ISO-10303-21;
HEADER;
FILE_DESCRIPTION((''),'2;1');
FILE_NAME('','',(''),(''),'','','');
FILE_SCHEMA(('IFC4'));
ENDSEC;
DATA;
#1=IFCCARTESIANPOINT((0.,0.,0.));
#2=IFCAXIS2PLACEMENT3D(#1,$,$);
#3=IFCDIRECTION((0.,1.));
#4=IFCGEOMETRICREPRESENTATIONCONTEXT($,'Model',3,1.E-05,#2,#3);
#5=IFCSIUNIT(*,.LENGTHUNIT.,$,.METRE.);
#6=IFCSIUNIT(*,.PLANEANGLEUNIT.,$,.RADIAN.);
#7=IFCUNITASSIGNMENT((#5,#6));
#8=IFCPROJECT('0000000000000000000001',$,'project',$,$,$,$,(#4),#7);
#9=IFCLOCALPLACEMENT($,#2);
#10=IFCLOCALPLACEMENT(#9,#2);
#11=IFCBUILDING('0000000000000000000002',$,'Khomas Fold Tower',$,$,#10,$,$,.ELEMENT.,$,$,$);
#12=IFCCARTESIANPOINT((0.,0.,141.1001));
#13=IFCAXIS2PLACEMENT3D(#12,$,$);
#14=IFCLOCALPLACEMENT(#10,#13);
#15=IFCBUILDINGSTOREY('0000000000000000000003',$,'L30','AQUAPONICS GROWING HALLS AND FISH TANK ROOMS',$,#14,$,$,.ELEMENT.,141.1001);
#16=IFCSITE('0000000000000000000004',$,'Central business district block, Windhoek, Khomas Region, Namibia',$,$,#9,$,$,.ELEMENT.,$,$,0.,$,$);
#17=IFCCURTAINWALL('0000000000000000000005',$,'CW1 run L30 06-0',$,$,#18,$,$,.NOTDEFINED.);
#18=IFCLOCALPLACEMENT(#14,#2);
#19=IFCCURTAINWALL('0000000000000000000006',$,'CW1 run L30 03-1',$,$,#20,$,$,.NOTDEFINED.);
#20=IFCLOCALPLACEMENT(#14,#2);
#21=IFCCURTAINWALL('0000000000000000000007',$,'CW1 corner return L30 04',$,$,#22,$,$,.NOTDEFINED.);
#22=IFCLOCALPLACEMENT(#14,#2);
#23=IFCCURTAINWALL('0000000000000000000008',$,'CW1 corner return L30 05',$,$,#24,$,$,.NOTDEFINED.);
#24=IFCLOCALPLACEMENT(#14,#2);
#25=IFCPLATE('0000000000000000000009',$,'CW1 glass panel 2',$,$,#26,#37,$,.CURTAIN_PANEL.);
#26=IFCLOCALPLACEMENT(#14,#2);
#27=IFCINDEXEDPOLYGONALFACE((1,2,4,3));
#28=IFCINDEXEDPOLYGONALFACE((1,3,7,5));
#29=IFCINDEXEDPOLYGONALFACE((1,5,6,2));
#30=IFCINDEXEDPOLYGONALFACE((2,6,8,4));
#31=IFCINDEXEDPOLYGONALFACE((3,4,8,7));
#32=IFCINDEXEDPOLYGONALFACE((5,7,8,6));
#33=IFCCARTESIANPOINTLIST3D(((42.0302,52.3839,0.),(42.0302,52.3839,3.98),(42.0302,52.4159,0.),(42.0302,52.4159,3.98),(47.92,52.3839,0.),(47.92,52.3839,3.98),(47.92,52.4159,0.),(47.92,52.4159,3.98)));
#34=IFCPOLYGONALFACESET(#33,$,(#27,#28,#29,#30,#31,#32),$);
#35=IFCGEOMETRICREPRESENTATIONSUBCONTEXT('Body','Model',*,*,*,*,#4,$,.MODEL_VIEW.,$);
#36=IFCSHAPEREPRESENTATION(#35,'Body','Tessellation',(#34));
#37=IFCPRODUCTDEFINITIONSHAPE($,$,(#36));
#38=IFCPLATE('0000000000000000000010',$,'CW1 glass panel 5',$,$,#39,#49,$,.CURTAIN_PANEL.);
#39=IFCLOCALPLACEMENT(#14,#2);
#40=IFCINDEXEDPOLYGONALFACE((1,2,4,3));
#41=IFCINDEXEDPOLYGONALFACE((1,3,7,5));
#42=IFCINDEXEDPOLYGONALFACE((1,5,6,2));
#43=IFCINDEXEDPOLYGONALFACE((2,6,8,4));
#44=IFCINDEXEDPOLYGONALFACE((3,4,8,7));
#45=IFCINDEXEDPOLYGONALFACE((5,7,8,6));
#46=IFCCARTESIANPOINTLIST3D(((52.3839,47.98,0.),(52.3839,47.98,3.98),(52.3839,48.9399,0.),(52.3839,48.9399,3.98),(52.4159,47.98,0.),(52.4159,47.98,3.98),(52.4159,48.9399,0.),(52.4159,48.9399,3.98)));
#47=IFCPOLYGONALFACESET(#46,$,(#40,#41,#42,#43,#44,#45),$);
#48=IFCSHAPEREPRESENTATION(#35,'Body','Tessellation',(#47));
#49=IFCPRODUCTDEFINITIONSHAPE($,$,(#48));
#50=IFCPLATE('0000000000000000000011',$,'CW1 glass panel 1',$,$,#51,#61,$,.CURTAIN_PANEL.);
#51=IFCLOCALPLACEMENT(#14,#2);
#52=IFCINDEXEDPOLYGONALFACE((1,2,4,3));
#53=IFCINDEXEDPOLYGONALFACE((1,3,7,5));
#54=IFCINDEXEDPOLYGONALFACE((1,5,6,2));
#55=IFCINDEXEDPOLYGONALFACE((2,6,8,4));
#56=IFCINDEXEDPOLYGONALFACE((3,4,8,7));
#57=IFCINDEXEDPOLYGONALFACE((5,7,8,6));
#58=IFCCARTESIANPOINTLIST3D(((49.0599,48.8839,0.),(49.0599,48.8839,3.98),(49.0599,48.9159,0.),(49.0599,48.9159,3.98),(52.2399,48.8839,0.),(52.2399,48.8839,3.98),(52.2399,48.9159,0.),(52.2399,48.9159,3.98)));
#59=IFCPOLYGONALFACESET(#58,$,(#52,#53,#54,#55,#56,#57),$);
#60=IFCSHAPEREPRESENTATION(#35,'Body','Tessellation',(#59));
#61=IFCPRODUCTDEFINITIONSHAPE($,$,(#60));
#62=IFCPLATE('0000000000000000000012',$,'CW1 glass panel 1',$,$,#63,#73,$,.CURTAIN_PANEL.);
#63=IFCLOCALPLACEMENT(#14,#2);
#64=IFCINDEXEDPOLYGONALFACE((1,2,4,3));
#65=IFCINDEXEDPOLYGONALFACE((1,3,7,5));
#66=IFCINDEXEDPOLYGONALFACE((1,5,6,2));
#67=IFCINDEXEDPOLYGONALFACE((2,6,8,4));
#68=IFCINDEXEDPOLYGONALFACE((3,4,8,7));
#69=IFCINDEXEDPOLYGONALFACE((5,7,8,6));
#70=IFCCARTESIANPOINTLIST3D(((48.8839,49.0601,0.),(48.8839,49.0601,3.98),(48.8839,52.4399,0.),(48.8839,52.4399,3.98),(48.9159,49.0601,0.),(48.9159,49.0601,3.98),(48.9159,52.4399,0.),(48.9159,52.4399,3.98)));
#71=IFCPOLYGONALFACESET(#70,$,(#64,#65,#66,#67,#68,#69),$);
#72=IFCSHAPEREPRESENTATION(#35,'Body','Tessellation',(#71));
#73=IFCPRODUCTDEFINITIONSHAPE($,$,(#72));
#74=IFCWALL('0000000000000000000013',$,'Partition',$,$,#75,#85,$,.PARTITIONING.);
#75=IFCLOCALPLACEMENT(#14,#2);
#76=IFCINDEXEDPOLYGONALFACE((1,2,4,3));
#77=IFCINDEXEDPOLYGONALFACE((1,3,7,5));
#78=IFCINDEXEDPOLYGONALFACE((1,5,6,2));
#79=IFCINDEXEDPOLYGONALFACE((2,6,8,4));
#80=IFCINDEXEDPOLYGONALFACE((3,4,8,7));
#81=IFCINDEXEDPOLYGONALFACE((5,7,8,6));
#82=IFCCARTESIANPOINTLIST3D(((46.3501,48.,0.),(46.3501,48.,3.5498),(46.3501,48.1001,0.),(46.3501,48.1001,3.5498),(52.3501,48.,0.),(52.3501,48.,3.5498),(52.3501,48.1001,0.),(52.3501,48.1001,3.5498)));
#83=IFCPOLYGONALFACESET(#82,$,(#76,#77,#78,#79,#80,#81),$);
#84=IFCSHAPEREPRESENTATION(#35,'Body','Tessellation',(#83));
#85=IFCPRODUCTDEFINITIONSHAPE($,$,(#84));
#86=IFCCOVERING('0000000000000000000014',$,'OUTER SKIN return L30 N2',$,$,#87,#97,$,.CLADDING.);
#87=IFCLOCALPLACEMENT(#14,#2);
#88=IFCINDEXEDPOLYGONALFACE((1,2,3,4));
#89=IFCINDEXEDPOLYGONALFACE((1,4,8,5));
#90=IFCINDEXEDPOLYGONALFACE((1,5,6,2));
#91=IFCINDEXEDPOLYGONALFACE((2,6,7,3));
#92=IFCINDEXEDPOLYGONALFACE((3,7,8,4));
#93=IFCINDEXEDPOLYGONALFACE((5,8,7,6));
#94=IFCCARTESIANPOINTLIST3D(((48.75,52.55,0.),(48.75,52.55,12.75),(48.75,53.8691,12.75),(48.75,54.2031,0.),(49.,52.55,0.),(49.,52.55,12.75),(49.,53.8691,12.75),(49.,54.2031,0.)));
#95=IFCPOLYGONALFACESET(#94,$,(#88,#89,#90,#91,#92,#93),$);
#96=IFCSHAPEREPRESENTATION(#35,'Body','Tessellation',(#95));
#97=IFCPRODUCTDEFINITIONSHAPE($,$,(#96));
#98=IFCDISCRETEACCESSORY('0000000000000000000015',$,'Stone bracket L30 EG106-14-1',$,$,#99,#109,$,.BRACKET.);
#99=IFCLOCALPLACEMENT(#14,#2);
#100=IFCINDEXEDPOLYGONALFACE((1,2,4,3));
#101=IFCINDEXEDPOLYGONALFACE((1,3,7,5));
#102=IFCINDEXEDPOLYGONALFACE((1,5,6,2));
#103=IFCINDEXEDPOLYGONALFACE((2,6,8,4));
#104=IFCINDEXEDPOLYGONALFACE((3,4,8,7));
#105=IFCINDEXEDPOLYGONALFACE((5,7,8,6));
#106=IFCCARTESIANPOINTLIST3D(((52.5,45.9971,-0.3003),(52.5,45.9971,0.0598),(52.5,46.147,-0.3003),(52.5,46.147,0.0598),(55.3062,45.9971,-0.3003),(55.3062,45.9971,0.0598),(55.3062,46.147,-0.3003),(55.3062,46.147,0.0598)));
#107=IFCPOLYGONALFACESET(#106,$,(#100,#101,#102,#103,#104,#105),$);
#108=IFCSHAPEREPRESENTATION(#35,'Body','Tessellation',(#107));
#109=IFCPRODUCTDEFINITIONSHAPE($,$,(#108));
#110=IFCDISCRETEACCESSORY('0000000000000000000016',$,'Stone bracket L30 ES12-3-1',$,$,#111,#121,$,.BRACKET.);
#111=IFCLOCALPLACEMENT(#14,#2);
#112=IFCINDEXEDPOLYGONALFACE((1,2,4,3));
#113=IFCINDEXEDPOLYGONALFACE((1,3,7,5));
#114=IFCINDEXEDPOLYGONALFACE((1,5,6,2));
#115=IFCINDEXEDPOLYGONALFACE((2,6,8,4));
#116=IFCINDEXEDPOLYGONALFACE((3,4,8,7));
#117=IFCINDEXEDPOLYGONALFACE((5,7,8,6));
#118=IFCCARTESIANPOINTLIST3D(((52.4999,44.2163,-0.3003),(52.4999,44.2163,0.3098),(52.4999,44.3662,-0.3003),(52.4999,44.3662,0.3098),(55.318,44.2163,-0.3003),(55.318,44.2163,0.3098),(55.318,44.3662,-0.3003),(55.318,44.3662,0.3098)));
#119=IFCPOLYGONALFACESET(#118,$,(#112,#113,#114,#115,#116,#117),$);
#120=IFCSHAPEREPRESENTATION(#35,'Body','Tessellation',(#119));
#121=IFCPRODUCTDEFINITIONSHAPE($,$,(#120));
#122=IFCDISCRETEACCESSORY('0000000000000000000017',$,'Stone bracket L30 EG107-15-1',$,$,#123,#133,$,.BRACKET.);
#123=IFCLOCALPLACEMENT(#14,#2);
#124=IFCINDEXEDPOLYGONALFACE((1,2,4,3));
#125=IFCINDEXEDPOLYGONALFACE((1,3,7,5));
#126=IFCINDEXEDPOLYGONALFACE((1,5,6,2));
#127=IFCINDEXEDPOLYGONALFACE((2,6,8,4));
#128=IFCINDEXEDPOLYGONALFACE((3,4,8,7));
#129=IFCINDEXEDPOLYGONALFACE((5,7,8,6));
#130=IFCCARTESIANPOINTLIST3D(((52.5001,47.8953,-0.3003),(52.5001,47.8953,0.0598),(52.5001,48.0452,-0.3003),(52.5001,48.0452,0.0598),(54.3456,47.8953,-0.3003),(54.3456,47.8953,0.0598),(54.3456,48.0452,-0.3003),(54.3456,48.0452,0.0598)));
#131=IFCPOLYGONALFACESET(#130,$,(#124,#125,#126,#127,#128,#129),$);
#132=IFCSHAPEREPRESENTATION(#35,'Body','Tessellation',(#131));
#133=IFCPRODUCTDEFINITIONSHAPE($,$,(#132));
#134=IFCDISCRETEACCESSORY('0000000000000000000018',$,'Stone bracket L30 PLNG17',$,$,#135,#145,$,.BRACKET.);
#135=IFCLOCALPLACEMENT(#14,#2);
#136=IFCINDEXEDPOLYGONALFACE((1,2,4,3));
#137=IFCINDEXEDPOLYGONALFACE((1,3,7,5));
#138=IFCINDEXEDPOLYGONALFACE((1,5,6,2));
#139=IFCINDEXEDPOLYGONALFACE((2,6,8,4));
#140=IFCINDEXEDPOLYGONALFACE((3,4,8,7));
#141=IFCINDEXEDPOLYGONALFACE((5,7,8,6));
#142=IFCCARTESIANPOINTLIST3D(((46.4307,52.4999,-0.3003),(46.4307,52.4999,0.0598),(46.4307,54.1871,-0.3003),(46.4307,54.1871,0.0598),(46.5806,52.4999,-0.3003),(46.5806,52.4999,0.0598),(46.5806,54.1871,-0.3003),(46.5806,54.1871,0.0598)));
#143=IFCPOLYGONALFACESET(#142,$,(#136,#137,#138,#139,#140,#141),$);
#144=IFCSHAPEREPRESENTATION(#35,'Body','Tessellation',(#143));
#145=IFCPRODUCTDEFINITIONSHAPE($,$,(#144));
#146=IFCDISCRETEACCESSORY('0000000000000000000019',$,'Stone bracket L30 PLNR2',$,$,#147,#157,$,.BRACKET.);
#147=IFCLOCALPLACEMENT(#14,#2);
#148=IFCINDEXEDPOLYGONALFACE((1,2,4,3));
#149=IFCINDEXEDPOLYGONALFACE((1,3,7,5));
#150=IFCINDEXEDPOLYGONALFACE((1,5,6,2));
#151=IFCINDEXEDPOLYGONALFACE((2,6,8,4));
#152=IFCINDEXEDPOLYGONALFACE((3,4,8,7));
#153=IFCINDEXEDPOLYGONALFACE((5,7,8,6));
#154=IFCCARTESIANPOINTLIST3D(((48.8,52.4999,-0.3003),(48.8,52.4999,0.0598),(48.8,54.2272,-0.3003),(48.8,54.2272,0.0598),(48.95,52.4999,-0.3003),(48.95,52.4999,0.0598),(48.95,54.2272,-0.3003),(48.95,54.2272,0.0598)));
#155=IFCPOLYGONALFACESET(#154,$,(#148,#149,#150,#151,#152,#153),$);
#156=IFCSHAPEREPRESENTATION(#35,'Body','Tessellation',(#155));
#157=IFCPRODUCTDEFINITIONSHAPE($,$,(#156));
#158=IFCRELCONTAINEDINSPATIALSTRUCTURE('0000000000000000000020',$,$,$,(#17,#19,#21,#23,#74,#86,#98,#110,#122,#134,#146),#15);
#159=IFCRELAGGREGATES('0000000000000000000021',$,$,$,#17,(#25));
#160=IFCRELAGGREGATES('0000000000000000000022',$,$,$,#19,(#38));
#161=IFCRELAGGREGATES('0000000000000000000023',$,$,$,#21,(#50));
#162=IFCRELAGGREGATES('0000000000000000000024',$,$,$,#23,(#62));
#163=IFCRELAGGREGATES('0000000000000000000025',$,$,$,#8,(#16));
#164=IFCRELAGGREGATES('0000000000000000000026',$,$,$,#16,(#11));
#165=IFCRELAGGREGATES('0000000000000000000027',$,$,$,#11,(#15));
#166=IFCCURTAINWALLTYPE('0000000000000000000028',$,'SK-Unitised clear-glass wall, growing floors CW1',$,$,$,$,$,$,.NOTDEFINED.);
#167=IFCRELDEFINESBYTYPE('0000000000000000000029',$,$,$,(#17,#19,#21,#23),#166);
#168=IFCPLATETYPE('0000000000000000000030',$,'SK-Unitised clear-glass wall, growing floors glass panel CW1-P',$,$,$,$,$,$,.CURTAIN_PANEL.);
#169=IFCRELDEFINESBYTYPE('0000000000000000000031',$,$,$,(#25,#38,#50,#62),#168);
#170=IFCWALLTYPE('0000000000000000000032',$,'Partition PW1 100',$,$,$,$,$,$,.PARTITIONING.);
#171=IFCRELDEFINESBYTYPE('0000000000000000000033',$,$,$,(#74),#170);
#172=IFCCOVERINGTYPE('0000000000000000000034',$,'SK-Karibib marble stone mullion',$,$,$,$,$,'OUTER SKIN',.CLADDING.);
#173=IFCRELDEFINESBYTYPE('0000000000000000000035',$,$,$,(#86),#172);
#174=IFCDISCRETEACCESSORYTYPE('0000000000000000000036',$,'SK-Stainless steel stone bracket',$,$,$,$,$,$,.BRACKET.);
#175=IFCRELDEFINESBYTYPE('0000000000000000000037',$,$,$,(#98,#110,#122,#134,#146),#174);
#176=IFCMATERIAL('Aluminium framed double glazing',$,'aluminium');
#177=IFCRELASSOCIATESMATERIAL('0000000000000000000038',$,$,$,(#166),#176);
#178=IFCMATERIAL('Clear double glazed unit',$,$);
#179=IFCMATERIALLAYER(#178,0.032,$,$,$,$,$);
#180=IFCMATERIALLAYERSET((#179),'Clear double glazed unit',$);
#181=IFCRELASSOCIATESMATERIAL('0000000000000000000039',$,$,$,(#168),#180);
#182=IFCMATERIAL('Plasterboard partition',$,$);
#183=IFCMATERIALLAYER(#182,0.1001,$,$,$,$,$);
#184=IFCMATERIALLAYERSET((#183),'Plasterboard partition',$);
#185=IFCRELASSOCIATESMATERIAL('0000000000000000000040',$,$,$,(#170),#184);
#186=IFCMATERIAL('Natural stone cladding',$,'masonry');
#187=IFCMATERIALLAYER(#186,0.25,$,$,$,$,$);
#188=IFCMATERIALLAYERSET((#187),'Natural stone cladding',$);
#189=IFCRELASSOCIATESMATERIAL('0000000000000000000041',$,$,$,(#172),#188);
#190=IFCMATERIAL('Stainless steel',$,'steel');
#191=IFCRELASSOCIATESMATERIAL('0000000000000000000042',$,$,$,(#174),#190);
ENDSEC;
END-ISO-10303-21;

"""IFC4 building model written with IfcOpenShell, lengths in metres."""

from ifc_helpers import new_model, si_unit, direction, frame, frame_2d, origin, origin_2d, place, context, subcontext, project, spatial, polyline, rectangle, outline, extrude, source, transform, mapped, material, layer, layer_set, type_object, element, aggregate, save


model = new_model("IFC4")

# Units and contexts
model_context = context("Model", 3, precision=1e-05, world=origin(), true_north=direction((0.0, 1.0)))
body_context = subcontext(model_context, "Body", "Model", "MODEL_VIEW")
ifc_project = project(units=[si_unit("LENGTHUNIT", "METRE"), si_unit("PLANEANGLEUNIT", "RADIAN")], contexts=[model_context])

# Site, building, storey
site_placement = place(None, origin())
site = spatial("IfcSite", under=ifc_project, at=site_placement, Name="Central business district block, Windhoek, Khomas Region, Namibia", CompositionType="ELEMENT", RefElevation=0.0)
building_placement = place(site_placement, origin())
building = spatial("IfcBuilding", under=site, at=building_placement, Name="Khomas Fold Tower", CompositionType="ELEMENT")
storey_placement = place(building_placement, frame((0.0, 0.0, 141.1001)))
storey = spatial("IfcBuildingStorey", under=building, at=storey_placement, Name="L30", Description="AQUAPONICS GROWING HALLS AND FISH TANK ROOMS", CompositionType="ELEMENT", Elevation=141.1001)

# Curtain wall
ifc_material_1 = material(Name="Aluminium framed double glazing", Category="aluminium")
curtain_wall_type = type_object("IfcCurtainWallType", Name="SK-Unitised clear-glass wall, growing floors CW1", PredefinedType="NOTDEFINED", material=ifc_material_1)
curtain_wall_1_placement = place(storey_placement, origin())
curtain_wall_1 = element("IfcCurtainWall", 1, at=curtain_wall_1_placement, inside=storey, type_object=curtain_wall_type, Name="CW1 run L30 06-0", PredefinedType="NOTDEFINED")

# Curtain walls
curtain_wall_2_placement = place(storey_placement, origin())
curtain_wall_2 = element("IfcCurtainWall", 2, at=curtain_wall_2_placement, inside=storey, type_object=curtain_wall_type, Name="CW1 run L30 03-1", PredefinedType="NOTDEFINED")
curtain_wall_3_placement = place(storey_placement, origin())
curtain_wall_3 = element("IfcCurtainWall", 3, at=curtain_wall_3_placement, inside=storey, type_object=curtain_wall_type, Name="CW1 corner return L30 04", PredefinedType="NOTDEFINED")
curtain_wall_4_placement = place(storey_placement, origin())
curtain_wall_4 = element("IfcCurtainWall", 4, at=curtain_wall_4_placement, inside=storey, type_object=curtain_wall_type, Name="CW1 corner return L30 05", PredefinedType="NOTDEFINED")

# Plates
ifc_material_2 = material(Name="Clear double glazed unit")
ifc_layer_1 = layer(ifc_material_2, 0.032)
ifc_layer_set_1 = layer_set([ifc_layer_1], Name="Clear double glazed unit")
plate_type_1 = type_object("IfcPlateType", Name="SK-Unitised clear-glass wall, growing floors glass panel CW1-P", PredefinedType="CURTAIN_PANEL", material=ifc_layer_set_1)
shared_shape_1 = source(origin(), body_context, "Body", "SweptSolid", [
    extrude(rectangle(XDim=5.8899, YDim=0.032, at=origin_2d()), origin(), (0.0, 0.0, 1.0), 3.98),
])
plate_1_placement = place(storey_placement, frame((44.9751, 52.3999, 0.0), z_axis=(0.0, 0.0, 1.0), x_axis=(-1.0, 0.0, 0.0)))
plate_1 = element("IfcPlate", 5, at=plate_1_placement, type_object=plate_type_1, Name="CW1 glass panel 2", PredefinedType="CURTAIN_PANEL", context=body_context, shape_type="MappedRepresentation", body=[
    mapped(shared_shape_1, transform((0.0, 0.0, 0.0))),
])
aggregate(curtain_wall_1, [plate_1])
shared_shape_2 = source(origin(), body_context, "Body", "SweptSolid", [
    extrude(rectangle(XDim=0.96, YDim=0.032, at=origin_2d()), origin(), (0.0, 0.0, 1.0), 3.98),
])
plate_2_placement = place(storey_placement, frame((52.3999, 48.46, 0.0), z_axis=(0.0, 0.0, 1.0), x_axis=(0.0, 1.0, 0.0)))
plate_2 = element("IfcPlate", 6, at=plate_2_placement, type_object=plate_type_1, Name="CW1 glass panel 5", PredefinedType="CURTAIN_PANEL", context=body_context, shape_type="MappedRepresentation", body=[
    mapped(shared_shape_2, transform((0.0, 0.0, 0.0))),
])
aggregate(curtain_wall_2, [plate_2])
shared_shape_3 = source(origin(), body_context, "Body", "SweptSolid", [
    extrude(rectangle(XDim=3.1799, YDim=0.032, at=origin_2d()), origin(), (0.0, 0.0, 1.0), 3.98),
])
plate_3_placement = place(storey_placement, frame((50.6499, 48.8999, 0.0), z_axis=(0.0, 0.0, 1.0), x_axis=(-1.0, 0.0, 0.0)))
plate_3 = element("IfcPlate", 7, at=plate_3_placement, type_object=plate_type_1, Name="CW1 glass panel 1", PredefinedType="CURTAIN_PANEL", context=body_context, shape_type="MappedRepresentation", body=[
    mapped(shared_shape_3, transform((0.0, 0.0, 0.0))),
])
aggregate(curtain_wall_3, [plate_3])
shared_shape_4 = source(origin(), body_context, "Body", "SweptSolid", [
    extrude(rectangle(XDim=3.3799, YDim=0.032, at=origin_2d()), origin(), (0.0, 0.0, 1.0), 3.98),
])
plate_4_placement = place(storey_placement, frame((48.8999, 50.75, 0.0), z_axis=(0.0, 0.0, 1.0), x_axis=(0.0, 1.0, 0.0)))
plate_4 = element("IfcPlate", 8, at=plate_4_placement, type_object=plate_type_1, Name="CW1 glass panel 1", PredefinedType="CURTAIN_PANEL", context=body_context, shape_type="MappedRepresentation", body=[
    mapped(shared_shape_4, transform((0.0, 0.0, 0.0))),
])
aggregate(curtain_wall_4, [plate_4])

# Wall
ifc_material_3 = material(Name="Plasterboard partition")
ifc_layer_2 = layer(ifc_material_3, 0.1001)
ifc_layer_set_2 = layer_set([ifc_layer_2], Name="Plasterboard partition")
wall_type = type_object("IfcWallType", Name="Partition PW1 100", PredefinedType="PARTITIONING", material=ifc_layer_set_2)
shared_shape_5 = source(origin(), body_context, "Body", "SweptSolid", [
    extrude(rectangle(XDim=6.0, YDim=0.1001, at=frame_2d((3.0, 0.0))), origin(), (0.0, 0.0, 1.0), 3.5498),
])
wall_placement = place(storey_placement, frame((46.3501, 48.05, 0.0), z_axis=(0.0, 0.0, 1.0), x_axis=(1.0, 0.0, 0.0)))
element("IfcWall", 9, at=wall_placement, inside=storey, type_object=wall_type, Name="Partition", PredefinedType="PARTITIONING", context=body_context, shape_type="MappedRepresentation", body=[
    mapped(shared_shape_5, transform((0.0, 0.0, 0.0))),
])

# Covering
ifc_material_4 = material(Name="Natural stone cladding", Category="masonry")
ifc_layer_3 = layer(ifc_material_4, 0.25)
ifc_layer_set_3 = layer_set([ifc_layer_3], Name="Natural stone cladding")
covering_type = type_object("IfcCoveringType", Name="SK-Karibib marble stone mullion", ElementType="OUTER SKIN", PredefinedType="CLADDING", material=ifc_layer_set_3)
covering_placement = place(storey_placement, frame((49.0, 52.55, 0.0), z_axis=(1.0, 0.0, 0.0), x_axis=(0.0, 1.0, 0.0)))
element("IfcCovering", 10, at=covering_placement, inside=storey, type_object=covering_type, Name="OUTER SKIN return L30 N2", PredefinedType="CLADDING", context=body_context, shape_type="SweptSolid", body=[
    extrude(outline(polyline([(0.0, 0.0), (1.6531, 0.0), (1.3191, 12.75), (0.0, 12.75), (0.0, 0.0)])), origin(), (0.0, 0.0, -1.0), 0.25),
])

# Discrete accessories
ifc_material_5 = material(Name="Stainless steel", Category="steel")
discrete_accessory_type = type_object("IfcDiscreteAccessoryType", Name="SK-Stainless steel stone bracket", PredefinedType="BRACKET", material=ifc_material_5)
shared_shape_6 = source(origin(), body_context, "Body", "SweptSolid", [
    extrude(rectangle(XDim=2.8062, YDim=0.1499, at=origin_2d()), origin(), (0.0, 0.0, 1.0), 0.3601),
])
discrete_accessory_1_placement = place(storey_placement, frame((53.9031, 46.072, -0.3003), z_axis=(0.0, 0.0, 1.0), x_axis=(1.0, 0.0, 0.0)))
element("IfcDiscreteAccessory", 11, at=discrete_accessory_1_placement, inside=storey, type_object=discrete_accessory_type, Name="Stone bracket L30 EG106-14-1", PredefinedType="BRACKET", context=body_context, shape_type="MappedRepresentation", body=[
    mapped(shared_shape_6, transform((0.0, 0.0, 0.0))),
])
shared_shape_7 = source(origin(), body_context, "Body", "SweptSolid", [
    extrude(rectangle(XDim=2.8181, YDim=0.1499, at=origin_2d()), origin(), (0.0, 0.0, 1.0), 0.6101),
])
discrete_accessory_2_placement = place(storey_placement, frame((53.9089, 44.2913, -0.3003), z_axis=(0.0, 0.0, 1.0), x_axis=(1.0, 0.0, 0.0)))
element("IfcDiscreteAccessory", 12, at=discrete_accessory_2_placement, inside=storey, type_object=discrete_accessory_type, Name="Stone bracket L30 ES12-3-1", PredefinedType="BRACKET", context=body_context, shape_type="MappedRepresentation", body=[
    mapped(shared_shape_7, transform((0.0, 0.0, 0.0))),
])
shared_shape_8 = source(origin(), body_context, "Body", "SweptSolid", [
    extrude(rectangle(XDim=1.8455, YDim=0.1499, at=origin_2d()), origin(), (0.0, 0.0, 1.0), 0.3601),
])
discrete_accessory_3_placement = place(storey_placement, frame((53.4229, 47.9702, -0.3003), z_axis=(0.0, 0.0, 1.0), x_axis=(1.0, 0.0, 0.0)))
element("IfcDiscreteAccessory", 13, at=discrete_accessory_3_placement, inside=storey, type_object=discrete_accessory_type, Name="Stone bracket L30 EG107-15-1", PredefinedType="BRACKET", context=body_context, shape_type="MappedRepresentation", body=[
    mapped(shared_shape_8, transform((0.0, 0.0, 0.0))),
])
shared_shape_9 = source(origin(), body_context, "Body", "SweptSolid", [
    extrude(rectangle(XDim=1.6873, YDim=0.1499, at=origin_2d()), origin(), (0.0, 0.0, 1.0), 0.3601),
])
discrete_accessory_4_placement = place(storey_placement, frame((46.5056, 53.3435, -0.3003), z_axis=(0.0, 0.0, 1.0), x_axis=(0.0, 1.0, 0.0)))
element("IfcDiscreteAccessory", 14, at=discrete_accessory_4_placement, inside=storey, type_object=discrete_accessory_type, Name="Stone bracket L30 PLNG17", PredefinedType="BRACKET", context=body_context, shape_type="MappedRepresentation", body=[
    mapped(shared_shape_9, transform((0.0, 0.0, 0.0))),
])
shared_shape_10 = source(origin(), body_context, "Body", "SweptSolid", [
    extrude(rectangle(XDim=1.7273, YDim=0.1499, at=origin_2d()), origin(), (0.0, 0.0, 1.0), 0.3601),
])
discrete_accessory_5_placement = place(storey_placement, frame((48.875, 53.3635, -0.3003), z_axis=(0.0, 0.0, 1.0), x_axis=(0.0, 1.0, 0.0)))
element("IfcDiscreteAccessory", 15, at=discrete_accessory_5_placement, inside=storey, type_object=discrete_accessory_type, Name="Stone bracket L30 PLNR2", PredefinedType="BRACKET", context=body_context, shape_type="MappedRepresentation", body=[
    mapped(shared_shape_10, transform((0.0, 0.0, 0.0))),
])

save(model, "model.ifc")
